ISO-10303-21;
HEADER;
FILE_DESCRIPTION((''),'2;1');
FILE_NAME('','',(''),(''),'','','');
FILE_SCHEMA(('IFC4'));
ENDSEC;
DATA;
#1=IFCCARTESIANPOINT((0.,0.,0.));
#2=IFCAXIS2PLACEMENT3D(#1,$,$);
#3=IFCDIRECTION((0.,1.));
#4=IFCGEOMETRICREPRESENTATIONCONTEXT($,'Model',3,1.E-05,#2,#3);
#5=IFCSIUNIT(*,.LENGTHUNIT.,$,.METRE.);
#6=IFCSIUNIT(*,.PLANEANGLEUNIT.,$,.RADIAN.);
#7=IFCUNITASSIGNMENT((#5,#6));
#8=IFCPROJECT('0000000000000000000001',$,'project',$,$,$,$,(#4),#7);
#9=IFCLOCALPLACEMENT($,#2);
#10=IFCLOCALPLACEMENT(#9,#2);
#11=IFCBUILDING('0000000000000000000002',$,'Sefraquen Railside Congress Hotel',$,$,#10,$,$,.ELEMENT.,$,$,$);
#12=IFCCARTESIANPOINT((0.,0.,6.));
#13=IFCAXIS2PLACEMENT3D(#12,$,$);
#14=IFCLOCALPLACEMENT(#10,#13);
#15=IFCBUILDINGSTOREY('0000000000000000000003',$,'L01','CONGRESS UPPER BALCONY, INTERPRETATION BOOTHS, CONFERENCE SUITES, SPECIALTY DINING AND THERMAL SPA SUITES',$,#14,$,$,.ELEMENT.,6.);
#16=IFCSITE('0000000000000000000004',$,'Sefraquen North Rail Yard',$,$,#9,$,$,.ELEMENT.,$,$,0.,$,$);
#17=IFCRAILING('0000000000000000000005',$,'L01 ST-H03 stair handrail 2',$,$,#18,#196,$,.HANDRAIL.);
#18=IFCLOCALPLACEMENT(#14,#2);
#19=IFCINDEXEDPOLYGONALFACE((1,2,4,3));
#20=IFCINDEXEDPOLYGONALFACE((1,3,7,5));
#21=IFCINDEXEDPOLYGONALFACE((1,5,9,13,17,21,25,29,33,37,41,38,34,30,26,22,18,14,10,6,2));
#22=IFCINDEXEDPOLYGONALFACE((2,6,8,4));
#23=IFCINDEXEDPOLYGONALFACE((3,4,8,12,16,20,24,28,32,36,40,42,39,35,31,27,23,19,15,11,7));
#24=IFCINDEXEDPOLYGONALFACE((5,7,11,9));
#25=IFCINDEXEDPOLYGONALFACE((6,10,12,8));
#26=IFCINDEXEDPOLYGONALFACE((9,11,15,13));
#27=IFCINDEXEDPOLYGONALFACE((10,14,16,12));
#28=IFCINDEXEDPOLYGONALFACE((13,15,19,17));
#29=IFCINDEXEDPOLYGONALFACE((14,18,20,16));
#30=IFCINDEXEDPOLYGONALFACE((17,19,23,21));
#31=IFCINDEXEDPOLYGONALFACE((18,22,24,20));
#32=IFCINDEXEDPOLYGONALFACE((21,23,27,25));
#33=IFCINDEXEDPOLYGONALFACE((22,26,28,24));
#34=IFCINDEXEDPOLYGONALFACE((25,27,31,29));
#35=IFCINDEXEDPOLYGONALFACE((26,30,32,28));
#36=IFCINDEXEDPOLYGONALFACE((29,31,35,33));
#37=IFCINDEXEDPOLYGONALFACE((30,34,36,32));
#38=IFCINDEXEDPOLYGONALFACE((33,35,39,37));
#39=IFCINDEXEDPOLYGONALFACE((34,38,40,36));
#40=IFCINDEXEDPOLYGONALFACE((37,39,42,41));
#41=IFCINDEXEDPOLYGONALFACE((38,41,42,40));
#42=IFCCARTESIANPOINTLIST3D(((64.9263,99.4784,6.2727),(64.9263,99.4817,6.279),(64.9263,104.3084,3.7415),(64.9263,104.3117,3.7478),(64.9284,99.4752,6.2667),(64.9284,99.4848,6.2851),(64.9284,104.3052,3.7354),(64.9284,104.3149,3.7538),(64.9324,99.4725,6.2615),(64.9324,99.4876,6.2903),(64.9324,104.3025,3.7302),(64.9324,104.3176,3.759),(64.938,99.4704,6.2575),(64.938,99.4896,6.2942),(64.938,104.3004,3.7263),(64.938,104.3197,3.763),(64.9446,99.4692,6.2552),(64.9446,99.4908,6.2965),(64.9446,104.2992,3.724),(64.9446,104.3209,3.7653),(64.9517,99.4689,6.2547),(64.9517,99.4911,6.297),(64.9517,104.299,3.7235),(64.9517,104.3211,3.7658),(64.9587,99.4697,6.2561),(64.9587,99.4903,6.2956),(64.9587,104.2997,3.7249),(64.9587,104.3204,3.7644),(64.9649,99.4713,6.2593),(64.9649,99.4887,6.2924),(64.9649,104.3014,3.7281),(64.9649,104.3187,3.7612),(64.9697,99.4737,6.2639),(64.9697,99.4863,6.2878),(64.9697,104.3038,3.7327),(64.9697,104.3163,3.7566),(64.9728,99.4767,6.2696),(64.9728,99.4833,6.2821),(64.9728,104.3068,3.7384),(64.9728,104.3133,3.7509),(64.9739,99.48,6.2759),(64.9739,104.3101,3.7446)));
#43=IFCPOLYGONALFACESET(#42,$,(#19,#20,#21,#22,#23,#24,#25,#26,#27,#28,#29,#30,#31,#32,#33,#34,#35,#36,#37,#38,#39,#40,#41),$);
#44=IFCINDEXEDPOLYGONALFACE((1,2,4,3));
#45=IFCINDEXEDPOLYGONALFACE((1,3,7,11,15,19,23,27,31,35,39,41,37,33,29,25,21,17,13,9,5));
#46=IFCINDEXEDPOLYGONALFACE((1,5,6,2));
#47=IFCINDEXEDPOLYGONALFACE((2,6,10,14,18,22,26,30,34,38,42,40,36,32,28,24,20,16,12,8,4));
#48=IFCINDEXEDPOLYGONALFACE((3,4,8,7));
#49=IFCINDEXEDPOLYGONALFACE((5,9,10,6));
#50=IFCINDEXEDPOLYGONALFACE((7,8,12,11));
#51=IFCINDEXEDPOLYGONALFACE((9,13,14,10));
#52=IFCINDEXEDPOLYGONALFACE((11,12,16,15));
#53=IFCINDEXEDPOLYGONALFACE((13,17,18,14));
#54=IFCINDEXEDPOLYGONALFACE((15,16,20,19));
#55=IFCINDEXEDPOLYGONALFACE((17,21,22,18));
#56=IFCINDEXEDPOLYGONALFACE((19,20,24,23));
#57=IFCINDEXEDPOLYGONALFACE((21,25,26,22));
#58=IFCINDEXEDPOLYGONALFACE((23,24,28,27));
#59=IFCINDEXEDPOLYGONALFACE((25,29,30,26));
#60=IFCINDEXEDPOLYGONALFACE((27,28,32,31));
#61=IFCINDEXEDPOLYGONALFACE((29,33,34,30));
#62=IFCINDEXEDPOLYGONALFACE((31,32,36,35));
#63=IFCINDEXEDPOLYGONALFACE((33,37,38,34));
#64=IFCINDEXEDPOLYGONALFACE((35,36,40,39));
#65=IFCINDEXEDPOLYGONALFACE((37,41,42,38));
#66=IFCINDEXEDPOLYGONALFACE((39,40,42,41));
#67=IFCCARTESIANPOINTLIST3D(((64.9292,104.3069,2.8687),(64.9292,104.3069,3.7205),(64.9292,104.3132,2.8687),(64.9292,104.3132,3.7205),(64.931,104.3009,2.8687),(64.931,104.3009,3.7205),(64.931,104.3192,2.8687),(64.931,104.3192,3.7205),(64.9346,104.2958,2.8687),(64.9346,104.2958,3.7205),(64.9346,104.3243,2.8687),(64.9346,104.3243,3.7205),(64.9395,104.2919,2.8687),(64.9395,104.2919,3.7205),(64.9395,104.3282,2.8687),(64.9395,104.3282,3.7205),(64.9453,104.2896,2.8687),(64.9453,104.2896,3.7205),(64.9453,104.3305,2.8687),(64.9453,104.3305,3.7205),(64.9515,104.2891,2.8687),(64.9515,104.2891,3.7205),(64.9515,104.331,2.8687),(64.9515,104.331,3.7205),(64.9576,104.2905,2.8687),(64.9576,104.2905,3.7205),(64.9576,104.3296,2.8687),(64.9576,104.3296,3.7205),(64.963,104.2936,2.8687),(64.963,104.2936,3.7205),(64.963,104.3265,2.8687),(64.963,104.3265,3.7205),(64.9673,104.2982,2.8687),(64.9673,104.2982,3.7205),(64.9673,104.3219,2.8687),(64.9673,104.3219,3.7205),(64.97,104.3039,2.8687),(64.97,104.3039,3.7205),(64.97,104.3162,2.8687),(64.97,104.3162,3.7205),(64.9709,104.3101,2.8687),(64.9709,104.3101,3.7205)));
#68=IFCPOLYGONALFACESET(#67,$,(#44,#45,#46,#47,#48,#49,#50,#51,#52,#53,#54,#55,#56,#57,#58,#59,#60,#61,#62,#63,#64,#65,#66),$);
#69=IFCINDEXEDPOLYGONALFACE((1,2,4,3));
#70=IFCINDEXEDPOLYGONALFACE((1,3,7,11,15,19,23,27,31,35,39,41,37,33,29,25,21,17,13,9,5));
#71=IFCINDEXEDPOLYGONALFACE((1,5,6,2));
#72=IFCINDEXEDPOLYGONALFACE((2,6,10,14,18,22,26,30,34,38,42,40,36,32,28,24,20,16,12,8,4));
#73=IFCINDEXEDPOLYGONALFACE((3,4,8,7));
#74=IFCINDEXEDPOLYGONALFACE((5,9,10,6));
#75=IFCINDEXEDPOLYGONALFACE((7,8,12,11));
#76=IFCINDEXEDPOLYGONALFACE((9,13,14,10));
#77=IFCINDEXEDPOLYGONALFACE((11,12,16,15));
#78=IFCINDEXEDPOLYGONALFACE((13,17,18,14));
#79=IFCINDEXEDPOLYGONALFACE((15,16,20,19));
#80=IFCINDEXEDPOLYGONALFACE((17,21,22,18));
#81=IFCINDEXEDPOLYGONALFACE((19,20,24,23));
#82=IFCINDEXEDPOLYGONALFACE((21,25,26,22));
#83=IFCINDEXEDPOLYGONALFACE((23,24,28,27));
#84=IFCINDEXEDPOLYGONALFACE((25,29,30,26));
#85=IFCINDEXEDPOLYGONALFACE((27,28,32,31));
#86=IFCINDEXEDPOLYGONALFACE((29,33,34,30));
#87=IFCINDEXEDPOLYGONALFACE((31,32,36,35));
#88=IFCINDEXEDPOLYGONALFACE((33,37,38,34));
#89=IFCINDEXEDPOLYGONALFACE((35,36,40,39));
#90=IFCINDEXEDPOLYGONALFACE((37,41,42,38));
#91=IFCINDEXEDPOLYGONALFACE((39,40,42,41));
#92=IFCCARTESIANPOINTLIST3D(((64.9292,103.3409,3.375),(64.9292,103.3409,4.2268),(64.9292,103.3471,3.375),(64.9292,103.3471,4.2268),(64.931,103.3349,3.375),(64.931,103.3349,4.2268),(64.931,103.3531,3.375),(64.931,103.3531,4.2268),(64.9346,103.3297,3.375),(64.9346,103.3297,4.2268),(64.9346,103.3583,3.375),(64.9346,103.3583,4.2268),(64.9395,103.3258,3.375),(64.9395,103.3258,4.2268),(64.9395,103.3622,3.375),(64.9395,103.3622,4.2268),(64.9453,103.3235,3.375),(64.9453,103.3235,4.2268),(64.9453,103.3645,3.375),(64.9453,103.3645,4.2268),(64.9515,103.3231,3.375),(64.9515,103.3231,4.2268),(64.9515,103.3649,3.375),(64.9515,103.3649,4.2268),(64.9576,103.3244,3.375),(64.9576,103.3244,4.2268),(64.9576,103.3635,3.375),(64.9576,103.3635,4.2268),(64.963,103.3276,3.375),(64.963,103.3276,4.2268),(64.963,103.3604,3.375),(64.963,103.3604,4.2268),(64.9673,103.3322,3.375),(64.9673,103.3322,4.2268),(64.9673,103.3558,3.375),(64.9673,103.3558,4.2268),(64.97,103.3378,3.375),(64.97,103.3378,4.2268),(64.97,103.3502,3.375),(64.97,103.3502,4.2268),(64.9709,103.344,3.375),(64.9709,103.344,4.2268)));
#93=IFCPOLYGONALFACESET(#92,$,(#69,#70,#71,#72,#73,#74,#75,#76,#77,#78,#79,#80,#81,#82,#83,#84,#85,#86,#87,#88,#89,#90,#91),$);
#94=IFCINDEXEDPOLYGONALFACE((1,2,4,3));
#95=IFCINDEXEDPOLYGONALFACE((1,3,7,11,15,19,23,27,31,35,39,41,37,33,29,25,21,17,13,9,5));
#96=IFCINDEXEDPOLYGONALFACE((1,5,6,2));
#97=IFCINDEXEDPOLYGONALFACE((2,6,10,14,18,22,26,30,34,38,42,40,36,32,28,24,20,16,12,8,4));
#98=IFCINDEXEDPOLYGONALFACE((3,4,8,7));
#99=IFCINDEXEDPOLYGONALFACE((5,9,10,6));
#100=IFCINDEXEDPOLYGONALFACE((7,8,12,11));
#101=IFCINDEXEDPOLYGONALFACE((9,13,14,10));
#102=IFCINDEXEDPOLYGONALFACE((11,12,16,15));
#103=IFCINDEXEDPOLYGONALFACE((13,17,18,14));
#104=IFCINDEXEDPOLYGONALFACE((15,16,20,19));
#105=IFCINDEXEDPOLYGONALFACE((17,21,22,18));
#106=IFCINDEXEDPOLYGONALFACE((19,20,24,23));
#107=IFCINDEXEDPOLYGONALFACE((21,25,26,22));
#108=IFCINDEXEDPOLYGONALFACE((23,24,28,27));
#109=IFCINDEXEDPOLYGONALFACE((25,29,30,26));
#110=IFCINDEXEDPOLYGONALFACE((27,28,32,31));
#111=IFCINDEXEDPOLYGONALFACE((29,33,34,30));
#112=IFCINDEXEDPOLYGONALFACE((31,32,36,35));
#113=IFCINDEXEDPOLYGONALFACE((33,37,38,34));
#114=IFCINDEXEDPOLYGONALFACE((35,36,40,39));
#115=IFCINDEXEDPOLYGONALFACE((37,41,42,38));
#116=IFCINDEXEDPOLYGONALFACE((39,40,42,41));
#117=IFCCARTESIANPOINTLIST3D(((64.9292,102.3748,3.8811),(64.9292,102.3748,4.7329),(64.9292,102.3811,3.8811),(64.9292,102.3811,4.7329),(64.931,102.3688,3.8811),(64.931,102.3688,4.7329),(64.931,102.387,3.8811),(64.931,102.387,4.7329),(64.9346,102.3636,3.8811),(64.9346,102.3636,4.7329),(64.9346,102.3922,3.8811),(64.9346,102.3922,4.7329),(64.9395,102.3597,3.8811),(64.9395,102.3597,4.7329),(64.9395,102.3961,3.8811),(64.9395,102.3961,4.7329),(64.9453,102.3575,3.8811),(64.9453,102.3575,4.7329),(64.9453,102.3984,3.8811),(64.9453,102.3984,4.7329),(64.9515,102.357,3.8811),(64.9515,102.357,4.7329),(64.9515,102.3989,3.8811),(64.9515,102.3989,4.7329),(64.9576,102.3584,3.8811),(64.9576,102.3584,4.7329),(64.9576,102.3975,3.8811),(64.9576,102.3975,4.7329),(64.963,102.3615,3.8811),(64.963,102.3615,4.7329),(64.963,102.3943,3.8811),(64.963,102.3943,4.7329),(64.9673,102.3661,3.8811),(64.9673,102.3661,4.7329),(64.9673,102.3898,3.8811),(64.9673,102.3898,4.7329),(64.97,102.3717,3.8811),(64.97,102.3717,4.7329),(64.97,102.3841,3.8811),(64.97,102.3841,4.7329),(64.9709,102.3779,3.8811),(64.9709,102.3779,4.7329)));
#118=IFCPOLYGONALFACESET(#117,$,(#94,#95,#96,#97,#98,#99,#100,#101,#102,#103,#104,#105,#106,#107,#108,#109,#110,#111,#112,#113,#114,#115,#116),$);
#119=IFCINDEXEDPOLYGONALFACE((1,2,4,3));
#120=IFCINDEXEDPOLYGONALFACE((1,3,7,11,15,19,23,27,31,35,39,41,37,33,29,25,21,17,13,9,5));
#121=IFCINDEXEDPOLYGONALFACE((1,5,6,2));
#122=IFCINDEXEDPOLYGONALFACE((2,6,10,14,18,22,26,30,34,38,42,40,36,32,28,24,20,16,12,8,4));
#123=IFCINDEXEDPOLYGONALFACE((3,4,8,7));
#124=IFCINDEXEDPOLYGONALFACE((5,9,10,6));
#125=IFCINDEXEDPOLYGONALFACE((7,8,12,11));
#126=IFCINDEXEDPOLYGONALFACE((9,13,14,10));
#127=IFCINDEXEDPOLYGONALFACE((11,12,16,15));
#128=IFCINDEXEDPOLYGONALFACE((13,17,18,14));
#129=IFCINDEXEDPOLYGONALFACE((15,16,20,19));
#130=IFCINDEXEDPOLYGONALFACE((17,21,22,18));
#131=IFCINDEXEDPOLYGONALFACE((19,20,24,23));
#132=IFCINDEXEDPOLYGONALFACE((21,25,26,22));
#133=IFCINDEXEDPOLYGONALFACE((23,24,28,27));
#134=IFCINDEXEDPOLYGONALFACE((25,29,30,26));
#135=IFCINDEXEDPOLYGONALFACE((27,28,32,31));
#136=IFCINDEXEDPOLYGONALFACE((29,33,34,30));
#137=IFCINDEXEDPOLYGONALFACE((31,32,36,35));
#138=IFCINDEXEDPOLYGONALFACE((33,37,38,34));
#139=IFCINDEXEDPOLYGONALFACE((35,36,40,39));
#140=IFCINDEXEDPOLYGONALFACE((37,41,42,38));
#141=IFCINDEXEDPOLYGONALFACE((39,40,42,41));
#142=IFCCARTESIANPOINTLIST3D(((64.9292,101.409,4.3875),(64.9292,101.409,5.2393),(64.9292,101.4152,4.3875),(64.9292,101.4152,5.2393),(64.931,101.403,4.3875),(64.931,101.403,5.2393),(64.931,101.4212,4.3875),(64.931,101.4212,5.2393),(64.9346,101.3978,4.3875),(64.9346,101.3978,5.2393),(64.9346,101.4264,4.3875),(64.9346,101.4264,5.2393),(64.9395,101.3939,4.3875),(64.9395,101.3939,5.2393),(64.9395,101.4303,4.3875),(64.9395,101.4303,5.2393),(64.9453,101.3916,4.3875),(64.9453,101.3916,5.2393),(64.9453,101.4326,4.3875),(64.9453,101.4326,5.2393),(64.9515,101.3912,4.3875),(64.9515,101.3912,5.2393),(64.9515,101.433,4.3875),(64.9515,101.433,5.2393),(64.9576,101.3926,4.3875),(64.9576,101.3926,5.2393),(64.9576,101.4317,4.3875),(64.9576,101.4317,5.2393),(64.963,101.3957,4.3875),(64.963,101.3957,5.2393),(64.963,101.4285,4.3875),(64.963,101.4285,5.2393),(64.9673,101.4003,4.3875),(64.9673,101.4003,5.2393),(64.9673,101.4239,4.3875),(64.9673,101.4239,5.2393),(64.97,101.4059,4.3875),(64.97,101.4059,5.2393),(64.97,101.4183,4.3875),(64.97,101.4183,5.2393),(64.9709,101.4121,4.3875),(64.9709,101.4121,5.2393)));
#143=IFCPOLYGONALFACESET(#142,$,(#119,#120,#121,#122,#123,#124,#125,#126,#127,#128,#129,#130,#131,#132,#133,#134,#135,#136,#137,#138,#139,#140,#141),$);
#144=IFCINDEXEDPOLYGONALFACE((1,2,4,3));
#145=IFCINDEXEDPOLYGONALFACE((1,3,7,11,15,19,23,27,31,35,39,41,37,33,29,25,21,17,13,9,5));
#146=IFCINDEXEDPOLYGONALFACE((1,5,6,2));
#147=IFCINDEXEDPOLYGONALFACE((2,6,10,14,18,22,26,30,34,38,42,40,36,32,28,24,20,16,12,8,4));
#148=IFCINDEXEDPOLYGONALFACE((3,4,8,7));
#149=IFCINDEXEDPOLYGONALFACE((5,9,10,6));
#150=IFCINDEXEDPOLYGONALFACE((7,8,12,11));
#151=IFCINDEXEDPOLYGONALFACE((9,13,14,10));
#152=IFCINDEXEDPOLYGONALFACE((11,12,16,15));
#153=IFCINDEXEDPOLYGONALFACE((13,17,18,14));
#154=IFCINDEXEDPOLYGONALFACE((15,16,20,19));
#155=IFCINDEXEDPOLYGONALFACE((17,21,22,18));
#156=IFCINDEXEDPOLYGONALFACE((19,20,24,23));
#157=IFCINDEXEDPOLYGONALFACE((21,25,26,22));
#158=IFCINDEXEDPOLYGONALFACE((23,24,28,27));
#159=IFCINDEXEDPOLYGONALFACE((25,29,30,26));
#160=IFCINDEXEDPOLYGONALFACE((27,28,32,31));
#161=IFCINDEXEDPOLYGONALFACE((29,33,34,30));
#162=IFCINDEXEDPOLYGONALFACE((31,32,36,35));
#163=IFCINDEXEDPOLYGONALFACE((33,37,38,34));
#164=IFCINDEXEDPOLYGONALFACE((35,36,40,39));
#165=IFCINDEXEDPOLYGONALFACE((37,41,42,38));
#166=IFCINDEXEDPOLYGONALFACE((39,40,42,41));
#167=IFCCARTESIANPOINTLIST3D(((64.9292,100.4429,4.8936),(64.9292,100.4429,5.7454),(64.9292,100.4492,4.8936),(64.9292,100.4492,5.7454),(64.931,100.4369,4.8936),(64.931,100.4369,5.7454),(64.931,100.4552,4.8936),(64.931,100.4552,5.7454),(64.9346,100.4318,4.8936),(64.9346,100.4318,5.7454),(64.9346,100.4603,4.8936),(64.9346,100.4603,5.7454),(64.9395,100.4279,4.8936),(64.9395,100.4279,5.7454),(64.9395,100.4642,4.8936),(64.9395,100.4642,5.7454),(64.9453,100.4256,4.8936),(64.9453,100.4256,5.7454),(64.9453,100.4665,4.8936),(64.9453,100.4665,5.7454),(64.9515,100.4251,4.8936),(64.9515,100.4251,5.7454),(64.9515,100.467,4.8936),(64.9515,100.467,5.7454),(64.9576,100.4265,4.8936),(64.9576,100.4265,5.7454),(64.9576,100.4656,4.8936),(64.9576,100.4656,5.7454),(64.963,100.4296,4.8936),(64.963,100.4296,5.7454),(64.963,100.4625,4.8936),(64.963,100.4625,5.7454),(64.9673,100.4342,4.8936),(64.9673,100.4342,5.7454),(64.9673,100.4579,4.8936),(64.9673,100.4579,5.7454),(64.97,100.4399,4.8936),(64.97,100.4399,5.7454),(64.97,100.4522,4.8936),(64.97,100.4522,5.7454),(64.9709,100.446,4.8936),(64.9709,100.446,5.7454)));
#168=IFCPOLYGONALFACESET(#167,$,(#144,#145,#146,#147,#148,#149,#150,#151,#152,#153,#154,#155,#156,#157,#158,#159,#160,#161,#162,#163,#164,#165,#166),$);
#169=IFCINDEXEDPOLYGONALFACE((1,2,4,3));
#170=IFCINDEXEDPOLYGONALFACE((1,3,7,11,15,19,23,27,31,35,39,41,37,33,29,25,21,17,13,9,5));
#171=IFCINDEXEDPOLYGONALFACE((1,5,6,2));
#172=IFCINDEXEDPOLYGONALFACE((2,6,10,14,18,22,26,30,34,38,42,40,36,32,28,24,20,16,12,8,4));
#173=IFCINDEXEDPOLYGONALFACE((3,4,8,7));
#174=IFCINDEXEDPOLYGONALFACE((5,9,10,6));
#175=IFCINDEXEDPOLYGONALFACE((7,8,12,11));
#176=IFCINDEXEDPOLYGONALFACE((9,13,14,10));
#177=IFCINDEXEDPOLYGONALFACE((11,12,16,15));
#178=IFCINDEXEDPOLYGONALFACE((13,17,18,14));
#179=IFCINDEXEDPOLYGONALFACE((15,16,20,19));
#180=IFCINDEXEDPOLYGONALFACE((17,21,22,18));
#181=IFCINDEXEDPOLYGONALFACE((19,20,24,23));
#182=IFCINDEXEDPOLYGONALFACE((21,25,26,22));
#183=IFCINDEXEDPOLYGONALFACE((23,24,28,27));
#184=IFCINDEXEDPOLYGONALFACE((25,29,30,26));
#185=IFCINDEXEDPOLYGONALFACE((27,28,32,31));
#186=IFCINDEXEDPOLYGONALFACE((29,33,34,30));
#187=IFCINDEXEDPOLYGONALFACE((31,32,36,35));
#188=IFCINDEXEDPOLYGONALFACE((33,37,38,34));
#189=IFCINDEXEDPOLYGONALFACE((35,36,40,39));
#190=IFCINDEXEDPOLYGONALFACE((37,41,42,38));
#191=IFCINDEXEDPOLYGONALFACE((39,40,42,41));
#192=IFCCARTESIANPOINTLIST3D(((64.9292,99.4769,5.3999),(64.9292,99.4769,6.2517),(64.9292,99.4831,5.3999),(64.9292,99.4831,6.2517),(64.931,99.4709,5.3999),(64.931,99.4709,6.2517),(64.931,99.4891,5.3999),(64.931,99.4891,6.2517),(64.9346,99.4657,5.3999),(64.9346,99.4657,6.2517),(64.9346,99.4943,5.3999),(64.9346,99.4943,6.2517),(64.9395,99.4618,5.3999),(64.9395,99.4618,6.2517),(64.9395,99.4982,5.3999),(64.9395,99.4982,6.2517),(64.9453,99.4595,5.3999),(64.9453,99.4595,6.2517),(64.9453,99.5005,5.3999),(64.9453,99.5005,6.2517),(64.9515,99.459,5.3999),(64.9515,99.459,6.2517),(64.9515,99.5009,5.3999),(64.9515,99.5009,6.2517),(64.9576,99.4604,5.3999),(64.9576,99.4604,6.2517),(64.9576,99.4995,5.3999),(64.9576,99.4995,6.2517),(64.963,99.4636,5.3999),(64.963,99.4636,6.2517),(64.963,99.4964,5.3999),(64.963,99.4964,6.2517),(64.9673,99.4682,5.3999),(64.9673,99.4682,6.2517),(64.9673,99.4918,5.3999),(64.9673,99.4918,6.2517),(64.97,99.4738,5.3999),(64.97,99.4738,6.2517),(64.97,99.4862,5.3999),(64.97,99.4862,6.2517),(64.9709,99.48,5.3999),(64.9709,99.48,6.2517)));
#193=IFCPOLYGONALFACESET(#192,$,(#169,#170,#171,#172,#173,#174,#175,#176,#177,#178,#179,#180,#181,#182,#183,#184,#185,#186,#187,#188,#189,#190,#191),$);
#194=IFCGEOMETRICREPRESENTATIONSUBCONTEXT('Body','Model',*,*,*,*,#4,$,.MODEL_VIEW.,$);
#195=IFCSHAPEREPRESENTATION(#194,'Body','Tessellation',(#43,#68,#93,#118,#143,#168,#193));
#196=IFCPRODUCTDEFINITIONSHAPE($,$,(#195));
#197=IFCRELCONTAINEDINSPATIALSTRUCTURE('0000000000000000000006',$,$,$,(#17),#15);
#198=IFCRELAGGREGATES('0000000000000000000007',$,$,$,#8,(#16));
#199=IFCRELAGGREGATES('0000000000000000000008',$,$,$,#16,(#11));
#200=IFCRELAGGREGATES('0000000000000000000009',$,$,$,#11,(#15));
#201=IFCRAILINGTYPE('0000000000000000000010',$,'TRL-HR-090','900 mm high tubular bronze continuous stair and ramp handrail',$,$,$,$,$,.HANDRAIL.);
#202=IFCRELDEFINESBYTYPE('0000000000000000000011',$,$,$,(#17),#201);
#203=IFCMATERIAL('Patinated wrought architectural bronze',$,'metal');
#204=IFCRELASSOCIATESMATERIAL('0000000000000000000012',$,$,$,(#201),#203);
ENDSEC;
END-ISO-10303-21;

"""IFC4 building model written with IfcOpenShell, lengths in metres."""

from ifc_helpers import new_model, si_unit, direction, frame, origin, origin_2d, place, context, subcontext, project, spatial, circle, extrude, material, type_object, element, save


model = new_model("IFC4")

# Units and contexts
model_context = context("Model", 3, precision=1e-05, world=origin(), true_north=direction((0.0, 1.0)))
body_context = subcontext(model_context, "Body", "Model", "MODEL_VIEW")
ifc_project = project(units=[si_unit("LENGTHUNIT", "METRE"), si_unit("PLANEANGLEUNIT", "RADIAN")], contexts=[model_context])

# Site, building, storey
site_placement = place(None, origin())
site = spatial("IfcSite", under=ifc_project, at=site_placement, Name="Sefraquen North Rail Yard", CompositionType="ELEMENT", RefElevation=0.0)
building_placement = place(site_placement, origin())
building = spatial("IfcBuilding", under=site, at=building_placement, Name="Sefraquen Railside Congress Hotel", CompositionType="ELEMENT")
storey_placement = place(building_placement, frame((0.0, 0.0, 6.0)))
storey = spatial("IfcBuildingStorey", under=building, at=storey_placement, Name="L01", Description="CONGRESS UPPER BALCONY, INTERPRETATION BOOTHS, CONFERENCE SUITES, SPECIALTY DINING AND THERMAL SPA SUITES", CompositionType="ELEMENT", Elevation=6.0)

# Railing
ifc_material_1 = material(Name="Patinated wrought architectural bronze", Category="metal")
railing_type_1 = type_object("IfcRailingType", Name="TRL-HR-090", Description="900 mm high tubular bronze continuous stair and ramp handrail", PredefinedType="HANDRAIL", material=ifc_material_1)
railing_1_placement = place(storey_placement, frame((64.95, 104.3101, 2.8687)))
element("IfcRailing", 1, at=railing_1_placement, inside=storey, type_object=railing_type_1, Name="L01 ST-H03 stair handrail 2", PredefinedType="HANDRAIL", context=body_context, shape_type="SweptSolid", body=[
    extrude(circle(Radius=0.0239, at=origin_2d()), frame((0.0, 0.0, 0.876), z_axis=(0.0, -0.88574, 0.464181), x_axis=(1.0, 0.0, 0.0)), (0.0, 0.0, 1.0), 5.4531),
    extrude(circle(Radius=0.021, at=origin_2d()), origin(), (0.0, 0.0, 1.0), 0.8518),
    extrude(circle(Radius=0.021, at=origin_2d()), frame((0.0, -0.9661, 0.5063)), (0.0, 0.0, 1.0), 0.8518),
    extrude(circle(Radius=0.021, at=origin_2d()), frame((0.0, -1.9321, 1.0125)), (0.0, 0.0, 1.0), 0.8518),
    extrude(circle(Radius=0.021, at=origin_2d()), frame((0.0, -2.8979, 1.5188)), (0.0, 0.0, 1.0), 0.8518),
    extrude(circle(Radius=0.021, at=origin_2d()), frame((0.0, -3.864, 2.0249)), (0.0, 0.0, 1.0), 0.8518),
    extrude(circle(Radius=0.021, at=origin_2d()), frame((0.0, -4.8301, 2.5312)), (0.0, 0.0, 1.0), 0.8518),
])

save(model, "model.ifc")
